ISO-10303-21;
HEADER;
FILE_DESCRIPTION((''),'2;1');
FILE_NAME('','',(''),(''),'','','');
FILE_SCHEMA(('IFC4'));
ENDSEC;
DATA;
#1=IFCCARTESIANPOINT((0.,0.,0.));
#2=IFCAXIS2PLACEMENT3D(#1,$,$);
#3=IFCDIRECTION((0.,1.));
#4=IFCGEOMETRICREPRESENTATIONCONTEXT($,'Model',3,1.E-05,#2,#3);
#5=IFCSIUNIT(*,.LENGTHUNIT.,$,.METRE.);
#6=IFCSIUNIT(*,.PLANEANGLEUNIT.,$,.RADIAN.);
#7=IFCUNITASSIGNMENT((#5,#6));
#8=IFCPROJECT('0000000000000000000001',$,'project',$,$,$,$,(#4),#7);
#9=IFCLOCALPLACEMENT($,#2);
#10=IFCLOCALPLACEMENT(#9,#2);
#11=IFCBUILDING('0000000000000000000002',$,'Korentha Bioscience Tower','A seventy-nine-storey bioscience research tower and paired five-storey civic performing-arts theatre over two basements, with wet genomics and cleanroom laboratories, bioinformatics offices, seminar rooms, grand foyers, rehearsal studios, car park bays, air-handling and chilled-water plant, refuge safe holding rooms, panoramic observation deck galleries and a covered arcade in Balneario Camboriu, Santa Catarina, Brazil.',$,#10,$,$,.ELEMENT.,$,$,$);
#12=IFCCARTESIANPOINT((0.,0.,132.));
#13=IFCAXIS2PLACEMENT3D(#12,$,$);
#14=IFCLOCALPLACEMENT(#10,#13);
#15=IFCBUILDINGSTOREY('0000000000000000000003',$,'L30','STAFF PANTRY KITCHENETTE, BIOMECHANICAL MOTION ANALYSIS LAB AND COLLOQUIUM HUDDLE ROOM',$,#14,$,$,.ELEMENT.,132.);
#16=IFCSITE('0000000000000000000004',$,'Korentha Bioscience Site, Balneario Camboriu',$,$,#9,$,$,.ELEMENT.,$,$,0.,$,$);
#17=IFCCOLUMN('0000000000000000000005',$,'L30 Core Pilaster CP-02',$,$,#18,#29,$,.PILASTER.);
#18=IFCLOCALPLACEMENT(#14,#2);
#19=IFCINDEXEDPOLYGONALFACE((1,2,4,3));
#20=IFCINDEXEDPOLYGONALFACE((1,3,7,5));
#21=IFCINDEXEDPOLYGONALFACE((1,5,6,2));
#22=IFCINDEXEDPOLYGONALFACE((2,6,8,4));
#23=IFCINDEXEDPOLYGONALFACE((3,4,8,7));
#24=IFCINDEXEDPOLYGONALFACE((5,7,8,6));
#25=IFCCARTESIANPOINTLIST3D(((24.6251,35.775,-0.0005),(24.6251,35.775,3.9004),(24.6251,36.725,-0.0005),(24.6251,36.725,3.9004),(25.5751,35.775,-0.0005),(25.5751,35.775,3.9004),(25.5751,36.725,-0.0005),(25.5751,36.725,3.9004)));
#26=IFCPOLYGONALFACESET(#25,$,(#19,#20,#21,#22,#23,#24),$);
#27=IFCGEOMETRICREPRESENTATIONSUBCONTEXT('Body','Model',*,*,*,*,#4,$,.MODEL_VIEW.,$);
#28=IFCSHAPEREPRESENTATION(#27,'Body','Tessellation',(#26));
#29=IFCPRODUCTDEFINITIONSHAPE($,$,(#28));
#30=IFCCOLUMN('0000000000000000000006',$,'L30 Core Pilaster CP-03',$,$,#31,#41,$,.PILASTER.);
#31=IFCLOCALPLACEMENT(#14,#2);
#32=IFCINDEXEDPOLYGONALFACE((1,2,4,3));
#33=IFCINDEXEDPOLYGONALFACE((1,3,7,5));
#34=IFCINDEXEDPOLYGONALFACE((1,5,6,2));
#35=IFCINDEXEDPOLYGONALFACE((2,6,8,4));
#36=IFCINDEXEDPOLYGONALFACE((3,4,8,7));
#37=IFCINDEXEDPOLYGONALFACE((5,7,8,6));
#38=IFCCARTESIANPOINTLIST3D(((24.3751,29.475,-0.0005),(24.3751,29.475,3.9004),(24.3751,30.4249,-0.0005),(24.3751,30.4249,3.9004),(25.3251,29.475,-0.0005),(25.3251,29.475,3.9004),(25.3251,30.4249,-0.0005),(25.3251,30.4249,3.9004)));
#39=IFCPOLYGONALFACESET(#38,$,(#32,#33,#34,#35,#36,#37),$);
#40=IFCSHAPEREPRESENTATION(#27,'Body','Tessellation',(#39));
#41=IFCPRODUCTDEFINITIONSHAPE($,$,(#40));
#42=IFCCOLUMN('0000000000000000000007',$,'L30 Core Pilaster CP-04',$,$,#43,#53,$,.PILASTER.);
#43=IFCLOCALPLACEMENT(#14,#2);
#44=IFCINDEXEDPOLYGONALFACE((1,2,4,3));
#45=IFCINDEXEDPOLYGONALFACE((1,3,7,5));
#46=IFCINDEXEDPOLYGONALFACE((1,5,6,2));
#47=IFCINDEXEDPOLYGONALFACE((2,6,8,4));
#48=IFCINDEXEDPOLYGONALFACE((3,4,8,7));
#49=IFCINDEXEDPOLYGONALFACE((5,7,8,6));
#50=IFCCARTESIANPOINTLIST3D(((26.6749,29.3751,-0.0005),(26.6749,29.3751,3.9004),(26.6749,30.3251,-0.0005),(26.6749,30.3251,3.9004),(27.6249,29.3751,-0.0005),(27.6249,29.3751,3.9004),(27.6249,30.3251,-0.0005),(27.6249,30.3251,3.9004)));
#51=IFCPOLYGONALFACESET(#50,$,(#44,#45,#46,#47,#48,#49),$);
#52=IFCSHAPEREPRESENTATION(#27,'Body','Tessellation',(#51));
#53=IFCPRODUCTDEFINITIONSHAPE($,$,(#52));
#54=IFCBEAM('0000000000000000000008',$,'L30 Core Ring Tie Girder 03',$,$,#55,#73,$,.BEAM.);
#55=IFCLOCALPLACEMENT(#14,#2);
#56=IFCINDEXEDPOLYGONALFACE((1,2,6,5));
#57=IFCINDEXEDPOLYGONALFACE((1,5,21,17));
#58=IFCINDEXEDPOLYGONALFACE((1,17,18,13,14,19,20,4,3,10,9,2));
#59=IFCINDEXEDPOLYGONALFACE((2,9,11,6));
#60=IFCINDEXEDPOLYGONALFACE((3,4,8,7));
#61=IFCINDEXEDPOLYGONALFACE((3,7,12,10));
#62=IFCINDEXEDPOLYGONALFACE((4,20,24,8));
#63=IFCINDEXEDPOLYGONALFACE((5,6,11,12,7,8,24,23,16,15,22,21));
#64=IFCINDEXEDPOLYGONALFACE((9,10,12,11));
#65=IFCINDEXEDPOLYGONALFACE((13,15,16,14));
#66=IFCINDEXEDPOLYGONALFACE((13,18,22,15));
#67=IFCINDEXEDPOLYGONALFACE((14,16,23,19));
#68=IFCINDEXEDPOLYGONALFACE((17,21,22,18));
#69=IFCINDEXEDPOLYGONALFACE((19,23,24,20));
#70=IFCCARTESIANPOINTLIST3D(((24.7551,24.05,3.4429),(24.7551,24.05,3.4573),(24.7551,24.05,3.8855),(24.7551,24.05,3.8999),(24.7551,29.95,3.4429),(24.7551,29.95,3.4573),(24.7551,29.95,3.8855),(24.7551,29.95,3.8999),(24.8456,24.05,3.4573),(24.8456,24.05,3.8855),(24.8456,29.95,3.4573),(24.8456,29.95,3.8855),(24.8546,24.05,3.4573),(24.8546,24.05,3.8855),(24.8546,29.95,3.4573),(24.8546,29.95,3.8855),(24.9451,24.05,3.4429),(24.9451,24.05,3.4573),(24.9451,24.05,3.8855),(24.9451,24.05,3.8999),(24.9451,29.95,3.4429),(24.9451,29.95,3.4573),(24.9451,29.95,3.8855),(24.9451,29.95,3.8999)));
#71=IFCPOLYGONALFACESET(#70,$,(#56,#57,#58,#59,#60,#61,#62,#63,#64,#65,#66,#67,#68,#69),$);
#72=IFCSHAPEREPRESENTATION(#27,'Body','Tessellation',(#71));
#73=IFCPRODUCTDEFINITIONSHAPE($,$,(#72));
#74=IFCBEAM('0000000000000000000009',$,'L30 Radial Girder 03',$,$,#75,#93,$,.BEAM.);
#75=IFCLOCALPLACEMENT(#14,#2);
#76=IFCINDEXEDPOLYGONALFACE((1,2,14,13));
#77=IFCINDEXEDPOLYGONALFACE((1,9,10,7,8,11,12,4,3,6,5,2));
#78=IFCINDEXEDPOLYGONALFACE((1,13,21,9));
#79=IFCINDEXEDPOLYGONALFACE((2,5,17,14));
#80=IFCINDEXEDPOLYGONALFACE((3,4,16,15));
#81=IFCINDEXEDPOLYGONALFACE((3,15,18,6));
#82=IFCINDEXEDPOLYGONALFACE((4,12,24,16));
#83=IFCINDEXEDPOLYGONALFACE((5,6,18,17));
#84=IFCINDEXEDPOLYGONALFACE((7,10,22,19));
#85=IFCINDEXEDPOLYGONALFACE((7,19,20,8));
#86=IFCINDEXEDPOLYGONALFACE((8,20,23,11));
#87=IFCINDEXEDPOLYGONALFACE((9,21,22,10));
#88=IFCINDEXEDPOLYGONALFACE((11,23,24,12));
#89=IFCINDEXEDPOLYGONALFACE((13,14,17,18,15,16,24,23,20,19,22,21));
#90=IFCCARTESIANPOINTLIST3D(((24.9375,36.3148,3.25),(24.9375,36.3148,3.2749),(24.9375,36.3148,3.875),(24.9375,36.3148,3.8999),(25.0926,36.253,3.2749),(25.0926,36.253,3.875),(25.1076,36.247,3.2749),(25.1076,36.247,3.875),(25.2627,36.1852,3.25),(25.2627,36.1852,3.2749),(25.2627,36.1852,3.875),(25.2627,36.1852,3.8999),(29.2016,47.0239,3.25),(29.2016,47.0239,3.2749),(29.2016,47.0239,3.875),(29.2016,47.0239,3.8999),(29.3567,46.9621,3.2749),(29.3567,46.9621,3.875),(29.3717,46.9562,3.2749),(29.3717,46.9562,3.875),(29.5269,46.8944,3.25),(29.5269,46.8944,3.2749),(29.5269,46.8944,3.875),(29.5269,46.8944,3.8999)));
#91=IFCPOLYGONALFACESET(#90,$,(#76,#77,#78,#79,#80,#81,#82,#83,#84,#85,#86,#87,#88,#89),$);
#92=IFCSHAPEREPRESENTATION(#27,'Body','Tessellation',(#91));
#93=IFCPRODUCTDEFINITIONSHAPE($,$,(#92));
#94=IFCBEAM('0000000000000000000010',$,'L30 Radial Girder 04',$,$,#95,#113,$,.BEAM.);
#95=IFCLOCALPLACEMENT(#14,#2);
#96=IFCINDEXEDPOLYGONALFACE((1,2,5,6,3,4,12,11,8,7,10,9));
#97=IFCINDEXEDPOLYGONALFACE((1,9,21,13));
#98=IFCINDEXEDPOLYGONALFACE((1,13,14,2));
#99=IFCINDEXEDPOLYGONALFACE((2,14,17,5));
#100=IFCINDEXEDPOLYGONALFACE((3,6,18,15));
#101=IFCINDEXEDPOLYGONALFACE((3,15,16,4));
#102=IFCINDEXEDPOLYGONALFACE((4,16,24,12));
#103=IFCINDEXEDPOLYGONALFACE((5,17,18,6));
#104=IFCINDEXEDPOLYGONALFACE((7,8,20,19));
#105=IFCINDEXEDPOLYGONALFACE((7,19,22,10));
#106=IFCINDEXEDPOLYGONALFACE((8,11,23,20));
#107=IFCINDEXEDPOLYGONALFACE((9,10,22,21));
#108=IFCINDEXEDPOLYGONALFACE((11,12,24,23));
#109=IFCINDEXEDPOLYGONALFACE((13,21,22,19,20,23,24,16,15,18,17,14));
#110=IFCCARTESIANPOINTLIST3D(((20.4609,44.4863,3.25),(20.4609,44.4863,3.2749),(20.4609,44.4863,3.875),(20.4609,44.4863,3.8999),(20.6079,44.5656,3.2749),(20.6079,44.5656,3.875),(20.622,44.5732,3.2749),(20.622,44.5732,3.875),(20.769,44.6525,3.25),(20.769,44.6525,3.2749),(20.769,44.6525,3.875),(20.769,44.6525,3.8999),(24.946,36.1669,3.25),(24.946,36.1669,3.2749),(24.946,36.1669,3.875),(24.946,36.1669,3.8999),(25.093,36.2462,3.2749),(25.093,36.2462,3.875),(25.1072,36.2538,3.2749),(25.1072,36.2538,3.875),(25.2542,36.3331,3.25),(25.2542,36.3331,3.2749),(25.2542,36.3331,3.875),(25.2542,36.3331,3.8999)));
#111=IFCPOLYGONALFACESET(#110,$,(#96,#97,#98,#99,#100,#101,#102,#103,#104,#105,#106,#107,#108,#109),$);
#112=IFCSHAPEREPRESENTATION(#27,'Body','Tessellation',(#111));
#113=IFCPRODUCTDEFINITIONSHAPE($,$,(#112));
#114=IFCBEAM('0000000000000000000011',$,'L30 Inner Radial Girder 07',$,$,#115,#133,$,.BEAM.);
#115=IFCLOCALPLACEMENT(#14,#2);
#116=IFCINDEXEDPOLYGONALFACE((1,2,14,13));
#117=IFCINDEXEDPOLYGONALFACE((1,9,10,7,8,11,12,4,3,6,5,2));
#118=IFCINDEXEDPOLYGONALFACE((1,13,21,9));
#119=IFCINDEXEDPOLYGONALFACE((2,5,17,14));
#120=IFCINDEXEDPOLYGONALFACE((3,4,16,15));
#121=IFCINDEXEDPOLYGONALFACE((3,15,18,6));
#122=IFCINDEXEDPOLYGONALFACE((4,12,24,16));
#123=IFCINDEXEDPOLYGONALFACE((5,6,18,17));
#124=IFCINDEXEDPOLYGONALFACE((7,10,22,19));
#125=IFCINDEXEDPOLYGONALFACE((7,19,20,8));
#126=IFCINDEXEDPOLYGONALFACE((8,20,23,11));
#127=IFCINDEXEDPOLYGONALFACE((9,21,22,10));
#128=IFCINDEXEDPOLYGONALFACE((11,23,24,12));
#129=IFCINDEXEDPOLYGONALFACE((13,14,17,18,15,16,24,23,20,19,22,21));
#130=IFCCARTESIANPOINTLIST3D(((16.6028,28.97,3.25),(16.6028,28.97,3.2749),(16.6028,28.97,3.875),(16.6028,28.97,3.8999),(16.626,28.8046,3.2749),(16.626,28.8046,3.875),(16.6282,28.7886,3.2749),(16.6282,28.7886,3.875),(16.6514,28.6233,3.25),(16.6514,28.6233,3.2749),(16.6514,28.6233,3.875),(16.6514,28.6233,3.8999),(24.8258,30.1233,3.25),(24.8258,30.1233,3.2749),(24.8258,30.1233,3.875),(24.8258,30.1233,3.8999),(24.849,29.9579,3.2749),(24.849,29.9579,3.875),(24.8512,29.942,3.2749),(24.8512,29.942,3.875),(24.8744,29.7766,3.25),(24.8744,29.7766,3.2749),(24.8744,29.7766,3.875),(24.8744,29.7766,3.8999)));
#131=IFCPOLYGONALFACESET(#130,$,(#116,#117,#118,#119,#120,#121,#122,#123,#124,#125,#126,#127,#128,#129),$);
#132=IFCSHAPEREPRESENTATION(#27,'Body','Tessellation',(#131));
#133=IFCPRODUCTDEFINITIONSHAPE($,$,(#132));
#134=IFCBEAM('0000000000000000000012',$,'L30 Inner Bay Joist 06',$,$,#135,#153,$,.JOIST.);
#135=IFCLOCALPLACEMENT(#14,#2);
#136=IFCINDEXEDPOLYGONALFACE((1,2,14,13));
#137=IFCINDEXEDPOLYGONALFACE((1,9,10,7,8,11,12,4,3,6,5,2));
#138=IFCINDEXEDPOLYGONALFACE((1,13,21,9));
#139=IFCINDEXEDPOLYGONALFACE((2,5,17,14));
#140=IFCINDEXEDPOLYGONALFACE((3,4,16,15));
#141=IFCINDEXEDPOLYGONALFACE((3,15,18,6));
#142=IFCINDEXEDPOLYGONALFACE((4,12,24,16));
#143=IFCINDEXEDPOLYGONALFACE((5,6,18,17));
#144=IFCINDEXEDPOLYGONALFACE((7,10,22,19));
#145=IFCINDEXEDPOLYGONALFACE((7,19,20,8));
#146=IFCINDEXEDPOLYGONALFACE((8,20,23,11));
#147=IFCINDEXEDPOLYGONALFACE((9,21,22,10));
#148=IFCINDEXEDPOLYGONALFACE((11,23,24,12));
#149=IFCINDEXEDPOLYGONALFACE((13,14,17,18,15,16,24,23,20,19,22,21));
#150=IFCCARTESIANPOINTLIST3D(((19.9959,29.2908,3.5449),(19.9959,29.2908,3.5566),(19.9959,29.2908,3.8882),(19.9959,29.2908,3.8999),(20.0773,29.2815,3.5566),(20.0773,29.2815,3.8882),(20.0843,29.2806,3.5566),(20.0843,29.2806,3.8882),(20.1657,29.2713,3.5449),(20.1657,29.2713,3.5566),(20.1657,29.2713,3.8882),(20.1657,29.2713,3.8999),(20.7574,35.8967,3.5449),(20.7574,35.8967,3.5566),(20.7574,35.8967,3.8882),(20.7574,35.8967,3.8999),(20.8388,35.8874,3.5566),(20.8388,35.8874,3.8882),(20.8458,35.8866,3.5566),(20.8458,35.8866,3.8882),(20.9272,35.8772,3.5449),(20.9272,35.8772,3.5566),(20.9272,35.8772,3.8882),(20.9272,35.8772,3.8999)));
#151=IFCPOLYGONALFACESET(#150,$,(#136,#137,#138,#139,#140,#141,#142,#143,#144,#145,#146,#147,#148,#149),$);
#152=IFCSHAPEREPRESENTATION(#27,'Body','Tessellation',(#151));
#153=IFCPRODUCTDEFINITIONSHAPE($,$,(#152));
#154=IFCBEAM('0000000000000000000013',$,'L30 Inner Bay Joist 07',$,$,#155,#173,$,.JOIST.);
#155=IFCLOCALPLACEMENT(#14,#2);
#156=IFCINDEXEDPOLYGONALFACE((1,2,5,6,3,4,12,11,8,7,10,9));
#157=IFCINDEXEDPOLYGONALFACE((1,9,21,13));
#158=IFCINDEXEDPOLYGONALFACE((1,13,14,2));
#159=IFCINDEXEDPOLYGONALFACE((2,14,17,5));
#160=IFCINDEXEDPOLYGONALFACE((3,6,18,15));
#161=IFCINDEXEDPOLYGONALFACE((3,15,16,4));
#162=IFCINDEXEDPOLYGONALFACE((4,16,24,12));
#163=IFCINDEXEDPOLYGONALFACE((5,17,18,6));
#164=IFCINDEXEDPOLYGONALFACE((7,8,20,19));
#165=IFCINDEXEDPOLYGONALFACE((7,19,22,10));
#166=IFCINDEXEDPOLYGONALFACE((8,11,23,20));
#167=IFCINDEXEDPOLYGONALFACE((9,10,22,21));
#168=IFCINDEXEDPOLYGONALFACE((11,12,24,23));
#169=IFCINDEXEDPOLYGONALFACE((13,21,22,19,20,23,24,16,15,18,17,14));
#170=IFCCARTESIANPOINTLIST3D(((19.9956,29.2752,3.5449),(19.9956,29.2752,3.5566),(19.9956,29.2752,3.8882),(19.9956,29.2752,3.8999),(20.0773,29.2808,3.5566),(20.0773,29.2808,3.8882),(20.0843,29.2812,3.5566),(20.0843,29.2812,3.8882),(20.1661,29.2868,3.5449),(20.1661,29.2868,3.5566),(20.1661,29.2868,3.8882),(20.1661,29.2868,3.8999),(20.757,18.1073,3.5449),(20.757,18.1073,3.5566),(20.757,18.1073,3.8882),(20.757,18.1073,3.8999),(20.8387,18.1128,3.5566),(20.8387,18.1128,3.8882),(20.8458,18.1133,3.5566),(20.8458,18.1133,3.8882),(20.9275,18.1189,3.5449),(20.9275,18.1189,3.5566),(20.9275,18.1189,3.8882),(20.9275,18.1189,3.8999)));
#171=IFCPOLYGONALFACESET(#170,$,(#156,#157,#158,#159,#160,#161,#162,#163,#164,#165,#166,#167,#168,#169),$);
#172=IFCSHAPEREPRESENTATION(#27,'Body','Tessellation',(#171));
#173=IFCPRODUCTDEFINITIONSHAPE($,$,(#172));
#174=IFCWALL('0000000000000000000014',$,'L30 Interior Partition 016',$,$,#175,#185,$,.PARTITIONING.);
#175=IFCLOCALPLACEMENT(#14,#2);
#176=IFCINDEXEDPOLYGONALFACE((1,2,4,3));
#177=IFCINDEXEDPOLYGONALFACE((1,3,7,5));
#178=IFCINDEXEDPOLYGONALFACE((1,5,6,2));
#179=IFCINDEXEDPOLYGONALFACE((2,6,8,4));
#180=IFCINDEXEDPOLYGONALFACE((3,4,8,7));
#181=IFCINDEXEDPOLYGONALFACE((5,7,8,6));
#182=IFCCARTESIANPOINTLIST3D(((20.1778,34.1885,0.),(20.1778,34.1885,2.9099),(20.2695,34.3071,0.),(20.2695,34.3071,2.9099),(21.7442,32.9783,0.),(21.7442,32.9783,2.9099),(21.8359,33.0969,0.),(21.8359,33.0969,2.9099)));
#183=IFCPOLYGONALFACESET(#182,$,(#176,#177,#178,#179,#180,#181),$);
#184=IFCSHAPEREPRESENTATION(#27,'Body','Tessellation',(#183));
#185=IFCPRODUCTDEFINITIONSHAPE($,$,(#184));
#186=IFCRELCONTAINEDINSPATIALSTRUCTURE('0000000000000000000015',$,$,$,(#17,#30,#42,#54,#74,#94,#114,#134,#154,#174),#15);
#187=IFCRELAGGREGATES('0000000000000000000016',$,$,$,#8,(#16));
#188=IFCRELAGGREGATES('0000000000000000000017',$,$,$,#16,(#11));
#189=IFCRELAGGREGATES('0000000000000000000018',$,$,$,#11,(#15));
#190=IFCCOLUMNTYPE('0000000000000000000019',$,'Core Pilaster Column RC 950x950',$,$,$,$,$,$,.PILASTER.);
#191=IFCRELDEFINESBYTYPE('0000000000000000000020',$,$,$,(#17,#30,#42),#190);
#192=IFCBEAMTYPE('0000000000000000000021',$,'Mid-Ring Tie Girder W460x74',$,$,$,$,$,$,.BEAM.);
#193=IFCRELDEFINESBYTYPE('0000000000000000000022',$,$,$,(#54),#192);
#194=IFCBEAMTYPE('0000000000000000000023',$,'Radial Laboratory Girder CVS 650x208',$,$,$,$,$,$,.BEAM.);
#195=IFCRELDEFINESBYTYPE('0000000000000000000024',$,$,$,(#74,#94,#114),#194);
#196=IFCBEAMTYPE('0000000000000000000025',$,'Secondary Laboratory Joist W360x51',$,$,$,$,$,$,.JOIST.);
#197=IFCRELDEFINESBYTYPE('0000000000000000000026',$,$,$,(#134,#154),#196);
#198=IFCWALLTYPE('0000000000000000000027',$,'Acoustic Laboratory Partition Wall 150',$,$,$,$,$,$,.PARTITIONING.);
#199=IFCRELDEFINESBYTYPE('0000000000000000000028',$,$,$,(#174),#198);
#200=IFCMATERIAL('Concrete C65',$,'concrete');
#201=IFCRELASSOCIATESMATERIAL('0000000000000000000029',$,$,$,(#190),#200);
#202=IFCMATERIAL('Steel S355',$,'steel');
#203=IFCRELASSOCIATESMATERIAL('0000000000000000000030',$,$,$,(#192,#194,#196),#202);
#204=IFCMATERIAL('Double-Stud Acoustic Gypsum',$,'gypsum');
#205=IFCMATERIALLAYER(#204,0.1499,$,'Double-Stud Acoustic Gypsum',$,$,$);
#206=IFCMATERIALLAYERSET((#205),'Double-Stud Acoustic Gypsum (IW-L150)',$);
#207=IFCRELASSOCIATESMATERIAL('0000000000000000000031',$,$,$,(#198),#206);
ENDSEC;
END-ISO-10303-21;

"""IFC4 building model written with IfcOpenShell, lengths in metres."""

from ifc_helpers import new_model, si_unit, direction, frame, frame_2d, origin, origin_2d, place, context, subcontext, project, spatial, rectangle, i_section, extrude, material, layer, layer_set, material_profile, profile_set, type_object, element, save


model = new_model("IFC4")

# Units and contexts
model_context = context("Model", 3, precision=1e-05, world=origin(), true_north=direction((0.0, 1.0)))
body_context = subcontext(model_context, "Body", "Model", "MODEL_VIEW")
ifc_project = project(units=[si_unit("LENGTHUNIT", "METRE"), si_unit("PLANEANGLEUNIT", "RADIAN")], contexts=[model_context])

# Site, building, storey
site_placement = place(None, origin())
site = spatial("IfcSite", under=ifc_project, at=site_placement, Name="Korentha Bioscience Site, Balneario Camboriu", CompositionType="ELEMENT", RefElevation=0.0)
building_placement = place(site_placement, origin())
building = spatial("IfcBuilding", under=site, at=building_placement, Name="Korentha Bioscience Tower", Description="A seventy-nine-storey bioscience research tower and paired five-storey civic performing-arts theatre over two basements, with wet genomics and cleanroom laboratories, bioinformatics offices, seminar rooms, grand foyers, rehearsal studios, car park bays, air-handling and chilled-water plant, refuge safe holding rooms, panoramic observation deck galleries and a covered arcade in Balneario Camboriu, Santa Catarina, Brazil.", CompositionType="ELEMENT")
storey_placement = place(building_placement, frame((0.0, 0.0, 132.0)))
storey = spatial("IfcBuildingStorey", under=building, at=storey_placement, Name="L30", Description="STAFF PANTRY KITCHENETTE, BIOMECHANICAL MOTION ANALYSIS LAB AND COLLOQUIUM HUDDLE ROOM", CompositionType="ELEMENT", Elevation=132.0)

# Columns
ifc_material_1 = material(Name="Concrete C65", Category="concrete")
ifc_material_profile_1 = material_profile(ifc_material_1, rectangle(XDim=0.95, YDim=0.95, at=origin_2d()), Name="Concrete C65")
ifc_profile_set_1 = profile_set([ifc_material_profile_1], Name="Concrete C65 (COL-CP09)")
column_type = type_object("IfcColumnType", Name="Core Pilaster Column RC 950x950", PredefinedType="PILASTER", material=ifc_profile_set_1)
for number, where, z_axis, x_axis, name in (
    (1, (25.1001, 36.25, -0.0005), (0.0, 0.0, 1.0), (1.0, 0.0, 0.0), "L30 Core Pilaster CP-02"),
    (2, (24.8501, 29.95, -0.0005), (0.0, 0.0, 1.0), (1.0, 0.0, 0.0), "L30 Core Pilaster CP-03"),
    (3, (27.1499, 29.8501, -0.0005), (0.0, 0.0, 1.0), (1.0, 0.0, 0.0), "L30 Core Pilaster CP-04"),
):
    element("IfcColumn", number, at=place(storey_placement, frame(where, z_axis=z_axis, x_axis=x_axis)), inside=storey, type_object=column_type, Name=name, PredefinedType="PILASTER", context=body_context, shape_type="SweptSolid", body=[
        extrude(rectangle(XDim=0.95, YDim=0.95, at=origin_2d()), origin(), (0.0, 0.0, 1.0), 3.9009),
    ])

# Beams
ifc_material_2 = material(Name="Steel S355", Category="steel")
ifc_material_profile_2 = material_profile(ifc_material_2, i_section(OverallWidth=0.1899, OverallDepth=0.457, WebThickness=0.009, FlangeThickness=0.0144, at=origin_2d()), Name="Steel S355")
ifc_profile_set_2 = profile_set([ifc_material_profile_2], Name="Steel S355 (MB-460)")
beam_type_1 = type_object("IfcBeamType", Name="Mid-Ring Tie Girder W460x74", PredefinedType="BEAM", material=ifc_profile_set_2)
beam_1_placement = place(storey_placement, frame((24.8501, 29.95, 3.6714), z_axis=(0.0, -1.0, 0.0), x_axis=(1.0, 0.0, 0.0)))
element("IfcBeam", 4, at=beam_1_placement, inside=storey, type_object=beam_type_1, Name="L30 Core Ring Tie Girder 03", PredefinedType="BEAM", context=body_context, shape_type="SweptSolid", body=[
    extrude(i_section(OverallWidth=0.1899, OverallDepth=0.457, WebThickness=0.009, FlangeThickness=0.0144, at=origin_2d()), origin(), (0.0, 0.0, 1.0), 5.8999),
])
ifc_material_profile_3 = material_profile(ifc_material_2, i_section(OverallWidth=0.3501, OverallDepth=0.6499, WebThickness=0.0161, FlangeThickness=0.0249, at=origin_2d()), Name="Steel S355")
ifc_profile_set_3 = profile_set([ifc_material_profile_3], Name="Steel S355 (RB-650)")
beam_type_2 = type_object("IfcBeamType", Name="Radial Laboratory Girder CVS 650x208", PredefinedType="BEAM", material=ifc_profile_set_3)
beam_2_placement = place(storey_placement, frame((25.1001, 36.25, 3.575), z_axis=(0.36993, 0.92906, 0.0), x_axis=(-0.92906, 0.36993, 0.0)))
element("IfcBeam", 5, at=beam_2_placement, inside=storey, type_object=beam_type_2, Name="L30 Radial Girder 03", PredefinedType="BEAM", context=body_context, shape_type="SweptSolid", body=[
    extrude(i_section(OverallWidth=0.3501, OverallDepth=0.6499, WebThickness=0.0161, FlangeThickness=0.0249, at=origin_2d()), origin(), (0.0, 0.0, 1.0), 11.5269),
])
beam_3_placement = place(storey_placement, frame((25.1001, 36.25, 3.575), z_axis=(-0.474548, 0.88023, 0.0), x_axis=(-0.88023, -0.474548, 0.0)))
element("IfcBeam", 6, at=beam_3_placement, inside=storey, type_object=beam_type_2, Name="L30 Radial Girder 04", PredefinedType="BEAM", context=body_context, shape_type="SweptSolid", body=[
    extrude(i_section(OverallWidth=0.3501, OverallDepth=0.6499, WebThickness=0.0161, FlangeThickness=0.0249, at=origin_2d()), origin(), (0.0, 0.0, 1.0), 9.4514),
])
beam_4_placement = place(storey_placement, frame((24.8501, 29.95, 3.575), z_axis=(-0.990307, -0.138898, 0.0), x_axis=(0.138898, -0.990307, 0.0)))
element("IfcBeam", 7, at=beam_4_placement, inside=storey, type_object=beam_type_2, Name="L30 Inner Radial Girder 07", PredefinedType="BEAM", context=body_context, shape_type="SweptSolid", body=[
    extrude(i_section(OverallWidth=0.3501, OverallDepth=0.6499, WebThickness=0.0161, FlangeThickness=0.0249, at=origin_2d()), origin(), (0.0, 0.0, 1.0), 8.3035),
])
ifc_material_profile_4 = material_profile(ifc_material_2, i_section(OverallWidth=0.1709, OverallDepth=0.355, WebThickness=0.0071, FlangeThickness=0.0117, at=origin_2d()), Name="Steel S355")
ifc_profile_set_4 = profile_set([ifc_material_profile_4], Name="Steel S355 (JB-360)")
beam_type_3 = type_object("IfcBeamType", Name="Secondary Laboratory Joist W360x51", PredefinedType="JOIST", material=ifc_profile_set_4)
beam_5_placement = place(storey_placement, frame((20.8423, 35.887, 3.7224), z_axis=(-0.114513, -0.993422, 0.0), x_axis=(0.993422, -0.114513, 0.0)))
element("IfcBeam", 8, at=beam_5_placement, inside=storey, type_object=beam_type_3, Name="L30 Inner Bay Joist 06", PredefinedType="JOIST", context=body_context, shape_type="SweptSolid", body=[
    extrude(i_section(OverallWidth=0.1709, OverallDepth=0.355, WebThickness=0.0071, FlangeThickness=0.0117, at=origin_2d()), origin(), (0.0, 0.0, 1.0), 6.6497),
])
beam_6_placement = place(storey_placement, frame((20.0808, 29.281, 3.7224), z_axis=(0.068026, -0.997684, 0.0), x_axis=(0.997684, 0.068026, 0.0)))
element("IfcBeam", 9, at=beam_6_placement, inside=storey, type_object=beam_type_3, Name="L30 Inner Bay Joist 07", PredefinedType="JOIST", context=body_context, shape_type="SweptSolid", body=[
    extrude(i_section(OverallWidth=0.1709, OverallDepth=0.355, WebThickness=0.0071, FlangeThickness=0.0117, at=origin_2d()), origin(), (0.0, 0.0, 1.0), 11.1938),
])

# Wall
ifc_material_3 = material(Name="Double-Stud Acoustic Gypsum", Category="gypsum")
ifc_layer_1 = layer(ifc_material_3, 0.1499, Name="Double-Stud Acoustic Gypsum")
ifc_layer_set_1 = layer_set([ifc_layer_1], Name="Double-Stud Acoustic Gypsum (IW-L150)")
wall_type_1 = type_object("IfcWallType", Name="Acoustic Laboratory Partition Wall 150", PredefinedType="PARTITIONING", material=ifc_layer_set_1)
wall_1_placement = place(storey_placement, frame((20.2236, 34.2478, 0.0), z_axis=(0.0, 0.0, 1.0), x_axis=(0.791334, -0.611384, 0.0)))
element("IfcWall", 10, at=wall_1_placement, inside=storey, type_object=wall_type_1, Name="L30 Interior Partition 016", PredefinedType="PARTITIONING", context=body_context, shape_type="SweptSolid", body=[
    extrude(rectangle(XDim=1.9795, YDim=0.1499, at=frame_2d((0.9897, 0.0))), origin(), (0.0, 0.0, 1.0), 2.9099),
])

save(model, "model.ifc")
